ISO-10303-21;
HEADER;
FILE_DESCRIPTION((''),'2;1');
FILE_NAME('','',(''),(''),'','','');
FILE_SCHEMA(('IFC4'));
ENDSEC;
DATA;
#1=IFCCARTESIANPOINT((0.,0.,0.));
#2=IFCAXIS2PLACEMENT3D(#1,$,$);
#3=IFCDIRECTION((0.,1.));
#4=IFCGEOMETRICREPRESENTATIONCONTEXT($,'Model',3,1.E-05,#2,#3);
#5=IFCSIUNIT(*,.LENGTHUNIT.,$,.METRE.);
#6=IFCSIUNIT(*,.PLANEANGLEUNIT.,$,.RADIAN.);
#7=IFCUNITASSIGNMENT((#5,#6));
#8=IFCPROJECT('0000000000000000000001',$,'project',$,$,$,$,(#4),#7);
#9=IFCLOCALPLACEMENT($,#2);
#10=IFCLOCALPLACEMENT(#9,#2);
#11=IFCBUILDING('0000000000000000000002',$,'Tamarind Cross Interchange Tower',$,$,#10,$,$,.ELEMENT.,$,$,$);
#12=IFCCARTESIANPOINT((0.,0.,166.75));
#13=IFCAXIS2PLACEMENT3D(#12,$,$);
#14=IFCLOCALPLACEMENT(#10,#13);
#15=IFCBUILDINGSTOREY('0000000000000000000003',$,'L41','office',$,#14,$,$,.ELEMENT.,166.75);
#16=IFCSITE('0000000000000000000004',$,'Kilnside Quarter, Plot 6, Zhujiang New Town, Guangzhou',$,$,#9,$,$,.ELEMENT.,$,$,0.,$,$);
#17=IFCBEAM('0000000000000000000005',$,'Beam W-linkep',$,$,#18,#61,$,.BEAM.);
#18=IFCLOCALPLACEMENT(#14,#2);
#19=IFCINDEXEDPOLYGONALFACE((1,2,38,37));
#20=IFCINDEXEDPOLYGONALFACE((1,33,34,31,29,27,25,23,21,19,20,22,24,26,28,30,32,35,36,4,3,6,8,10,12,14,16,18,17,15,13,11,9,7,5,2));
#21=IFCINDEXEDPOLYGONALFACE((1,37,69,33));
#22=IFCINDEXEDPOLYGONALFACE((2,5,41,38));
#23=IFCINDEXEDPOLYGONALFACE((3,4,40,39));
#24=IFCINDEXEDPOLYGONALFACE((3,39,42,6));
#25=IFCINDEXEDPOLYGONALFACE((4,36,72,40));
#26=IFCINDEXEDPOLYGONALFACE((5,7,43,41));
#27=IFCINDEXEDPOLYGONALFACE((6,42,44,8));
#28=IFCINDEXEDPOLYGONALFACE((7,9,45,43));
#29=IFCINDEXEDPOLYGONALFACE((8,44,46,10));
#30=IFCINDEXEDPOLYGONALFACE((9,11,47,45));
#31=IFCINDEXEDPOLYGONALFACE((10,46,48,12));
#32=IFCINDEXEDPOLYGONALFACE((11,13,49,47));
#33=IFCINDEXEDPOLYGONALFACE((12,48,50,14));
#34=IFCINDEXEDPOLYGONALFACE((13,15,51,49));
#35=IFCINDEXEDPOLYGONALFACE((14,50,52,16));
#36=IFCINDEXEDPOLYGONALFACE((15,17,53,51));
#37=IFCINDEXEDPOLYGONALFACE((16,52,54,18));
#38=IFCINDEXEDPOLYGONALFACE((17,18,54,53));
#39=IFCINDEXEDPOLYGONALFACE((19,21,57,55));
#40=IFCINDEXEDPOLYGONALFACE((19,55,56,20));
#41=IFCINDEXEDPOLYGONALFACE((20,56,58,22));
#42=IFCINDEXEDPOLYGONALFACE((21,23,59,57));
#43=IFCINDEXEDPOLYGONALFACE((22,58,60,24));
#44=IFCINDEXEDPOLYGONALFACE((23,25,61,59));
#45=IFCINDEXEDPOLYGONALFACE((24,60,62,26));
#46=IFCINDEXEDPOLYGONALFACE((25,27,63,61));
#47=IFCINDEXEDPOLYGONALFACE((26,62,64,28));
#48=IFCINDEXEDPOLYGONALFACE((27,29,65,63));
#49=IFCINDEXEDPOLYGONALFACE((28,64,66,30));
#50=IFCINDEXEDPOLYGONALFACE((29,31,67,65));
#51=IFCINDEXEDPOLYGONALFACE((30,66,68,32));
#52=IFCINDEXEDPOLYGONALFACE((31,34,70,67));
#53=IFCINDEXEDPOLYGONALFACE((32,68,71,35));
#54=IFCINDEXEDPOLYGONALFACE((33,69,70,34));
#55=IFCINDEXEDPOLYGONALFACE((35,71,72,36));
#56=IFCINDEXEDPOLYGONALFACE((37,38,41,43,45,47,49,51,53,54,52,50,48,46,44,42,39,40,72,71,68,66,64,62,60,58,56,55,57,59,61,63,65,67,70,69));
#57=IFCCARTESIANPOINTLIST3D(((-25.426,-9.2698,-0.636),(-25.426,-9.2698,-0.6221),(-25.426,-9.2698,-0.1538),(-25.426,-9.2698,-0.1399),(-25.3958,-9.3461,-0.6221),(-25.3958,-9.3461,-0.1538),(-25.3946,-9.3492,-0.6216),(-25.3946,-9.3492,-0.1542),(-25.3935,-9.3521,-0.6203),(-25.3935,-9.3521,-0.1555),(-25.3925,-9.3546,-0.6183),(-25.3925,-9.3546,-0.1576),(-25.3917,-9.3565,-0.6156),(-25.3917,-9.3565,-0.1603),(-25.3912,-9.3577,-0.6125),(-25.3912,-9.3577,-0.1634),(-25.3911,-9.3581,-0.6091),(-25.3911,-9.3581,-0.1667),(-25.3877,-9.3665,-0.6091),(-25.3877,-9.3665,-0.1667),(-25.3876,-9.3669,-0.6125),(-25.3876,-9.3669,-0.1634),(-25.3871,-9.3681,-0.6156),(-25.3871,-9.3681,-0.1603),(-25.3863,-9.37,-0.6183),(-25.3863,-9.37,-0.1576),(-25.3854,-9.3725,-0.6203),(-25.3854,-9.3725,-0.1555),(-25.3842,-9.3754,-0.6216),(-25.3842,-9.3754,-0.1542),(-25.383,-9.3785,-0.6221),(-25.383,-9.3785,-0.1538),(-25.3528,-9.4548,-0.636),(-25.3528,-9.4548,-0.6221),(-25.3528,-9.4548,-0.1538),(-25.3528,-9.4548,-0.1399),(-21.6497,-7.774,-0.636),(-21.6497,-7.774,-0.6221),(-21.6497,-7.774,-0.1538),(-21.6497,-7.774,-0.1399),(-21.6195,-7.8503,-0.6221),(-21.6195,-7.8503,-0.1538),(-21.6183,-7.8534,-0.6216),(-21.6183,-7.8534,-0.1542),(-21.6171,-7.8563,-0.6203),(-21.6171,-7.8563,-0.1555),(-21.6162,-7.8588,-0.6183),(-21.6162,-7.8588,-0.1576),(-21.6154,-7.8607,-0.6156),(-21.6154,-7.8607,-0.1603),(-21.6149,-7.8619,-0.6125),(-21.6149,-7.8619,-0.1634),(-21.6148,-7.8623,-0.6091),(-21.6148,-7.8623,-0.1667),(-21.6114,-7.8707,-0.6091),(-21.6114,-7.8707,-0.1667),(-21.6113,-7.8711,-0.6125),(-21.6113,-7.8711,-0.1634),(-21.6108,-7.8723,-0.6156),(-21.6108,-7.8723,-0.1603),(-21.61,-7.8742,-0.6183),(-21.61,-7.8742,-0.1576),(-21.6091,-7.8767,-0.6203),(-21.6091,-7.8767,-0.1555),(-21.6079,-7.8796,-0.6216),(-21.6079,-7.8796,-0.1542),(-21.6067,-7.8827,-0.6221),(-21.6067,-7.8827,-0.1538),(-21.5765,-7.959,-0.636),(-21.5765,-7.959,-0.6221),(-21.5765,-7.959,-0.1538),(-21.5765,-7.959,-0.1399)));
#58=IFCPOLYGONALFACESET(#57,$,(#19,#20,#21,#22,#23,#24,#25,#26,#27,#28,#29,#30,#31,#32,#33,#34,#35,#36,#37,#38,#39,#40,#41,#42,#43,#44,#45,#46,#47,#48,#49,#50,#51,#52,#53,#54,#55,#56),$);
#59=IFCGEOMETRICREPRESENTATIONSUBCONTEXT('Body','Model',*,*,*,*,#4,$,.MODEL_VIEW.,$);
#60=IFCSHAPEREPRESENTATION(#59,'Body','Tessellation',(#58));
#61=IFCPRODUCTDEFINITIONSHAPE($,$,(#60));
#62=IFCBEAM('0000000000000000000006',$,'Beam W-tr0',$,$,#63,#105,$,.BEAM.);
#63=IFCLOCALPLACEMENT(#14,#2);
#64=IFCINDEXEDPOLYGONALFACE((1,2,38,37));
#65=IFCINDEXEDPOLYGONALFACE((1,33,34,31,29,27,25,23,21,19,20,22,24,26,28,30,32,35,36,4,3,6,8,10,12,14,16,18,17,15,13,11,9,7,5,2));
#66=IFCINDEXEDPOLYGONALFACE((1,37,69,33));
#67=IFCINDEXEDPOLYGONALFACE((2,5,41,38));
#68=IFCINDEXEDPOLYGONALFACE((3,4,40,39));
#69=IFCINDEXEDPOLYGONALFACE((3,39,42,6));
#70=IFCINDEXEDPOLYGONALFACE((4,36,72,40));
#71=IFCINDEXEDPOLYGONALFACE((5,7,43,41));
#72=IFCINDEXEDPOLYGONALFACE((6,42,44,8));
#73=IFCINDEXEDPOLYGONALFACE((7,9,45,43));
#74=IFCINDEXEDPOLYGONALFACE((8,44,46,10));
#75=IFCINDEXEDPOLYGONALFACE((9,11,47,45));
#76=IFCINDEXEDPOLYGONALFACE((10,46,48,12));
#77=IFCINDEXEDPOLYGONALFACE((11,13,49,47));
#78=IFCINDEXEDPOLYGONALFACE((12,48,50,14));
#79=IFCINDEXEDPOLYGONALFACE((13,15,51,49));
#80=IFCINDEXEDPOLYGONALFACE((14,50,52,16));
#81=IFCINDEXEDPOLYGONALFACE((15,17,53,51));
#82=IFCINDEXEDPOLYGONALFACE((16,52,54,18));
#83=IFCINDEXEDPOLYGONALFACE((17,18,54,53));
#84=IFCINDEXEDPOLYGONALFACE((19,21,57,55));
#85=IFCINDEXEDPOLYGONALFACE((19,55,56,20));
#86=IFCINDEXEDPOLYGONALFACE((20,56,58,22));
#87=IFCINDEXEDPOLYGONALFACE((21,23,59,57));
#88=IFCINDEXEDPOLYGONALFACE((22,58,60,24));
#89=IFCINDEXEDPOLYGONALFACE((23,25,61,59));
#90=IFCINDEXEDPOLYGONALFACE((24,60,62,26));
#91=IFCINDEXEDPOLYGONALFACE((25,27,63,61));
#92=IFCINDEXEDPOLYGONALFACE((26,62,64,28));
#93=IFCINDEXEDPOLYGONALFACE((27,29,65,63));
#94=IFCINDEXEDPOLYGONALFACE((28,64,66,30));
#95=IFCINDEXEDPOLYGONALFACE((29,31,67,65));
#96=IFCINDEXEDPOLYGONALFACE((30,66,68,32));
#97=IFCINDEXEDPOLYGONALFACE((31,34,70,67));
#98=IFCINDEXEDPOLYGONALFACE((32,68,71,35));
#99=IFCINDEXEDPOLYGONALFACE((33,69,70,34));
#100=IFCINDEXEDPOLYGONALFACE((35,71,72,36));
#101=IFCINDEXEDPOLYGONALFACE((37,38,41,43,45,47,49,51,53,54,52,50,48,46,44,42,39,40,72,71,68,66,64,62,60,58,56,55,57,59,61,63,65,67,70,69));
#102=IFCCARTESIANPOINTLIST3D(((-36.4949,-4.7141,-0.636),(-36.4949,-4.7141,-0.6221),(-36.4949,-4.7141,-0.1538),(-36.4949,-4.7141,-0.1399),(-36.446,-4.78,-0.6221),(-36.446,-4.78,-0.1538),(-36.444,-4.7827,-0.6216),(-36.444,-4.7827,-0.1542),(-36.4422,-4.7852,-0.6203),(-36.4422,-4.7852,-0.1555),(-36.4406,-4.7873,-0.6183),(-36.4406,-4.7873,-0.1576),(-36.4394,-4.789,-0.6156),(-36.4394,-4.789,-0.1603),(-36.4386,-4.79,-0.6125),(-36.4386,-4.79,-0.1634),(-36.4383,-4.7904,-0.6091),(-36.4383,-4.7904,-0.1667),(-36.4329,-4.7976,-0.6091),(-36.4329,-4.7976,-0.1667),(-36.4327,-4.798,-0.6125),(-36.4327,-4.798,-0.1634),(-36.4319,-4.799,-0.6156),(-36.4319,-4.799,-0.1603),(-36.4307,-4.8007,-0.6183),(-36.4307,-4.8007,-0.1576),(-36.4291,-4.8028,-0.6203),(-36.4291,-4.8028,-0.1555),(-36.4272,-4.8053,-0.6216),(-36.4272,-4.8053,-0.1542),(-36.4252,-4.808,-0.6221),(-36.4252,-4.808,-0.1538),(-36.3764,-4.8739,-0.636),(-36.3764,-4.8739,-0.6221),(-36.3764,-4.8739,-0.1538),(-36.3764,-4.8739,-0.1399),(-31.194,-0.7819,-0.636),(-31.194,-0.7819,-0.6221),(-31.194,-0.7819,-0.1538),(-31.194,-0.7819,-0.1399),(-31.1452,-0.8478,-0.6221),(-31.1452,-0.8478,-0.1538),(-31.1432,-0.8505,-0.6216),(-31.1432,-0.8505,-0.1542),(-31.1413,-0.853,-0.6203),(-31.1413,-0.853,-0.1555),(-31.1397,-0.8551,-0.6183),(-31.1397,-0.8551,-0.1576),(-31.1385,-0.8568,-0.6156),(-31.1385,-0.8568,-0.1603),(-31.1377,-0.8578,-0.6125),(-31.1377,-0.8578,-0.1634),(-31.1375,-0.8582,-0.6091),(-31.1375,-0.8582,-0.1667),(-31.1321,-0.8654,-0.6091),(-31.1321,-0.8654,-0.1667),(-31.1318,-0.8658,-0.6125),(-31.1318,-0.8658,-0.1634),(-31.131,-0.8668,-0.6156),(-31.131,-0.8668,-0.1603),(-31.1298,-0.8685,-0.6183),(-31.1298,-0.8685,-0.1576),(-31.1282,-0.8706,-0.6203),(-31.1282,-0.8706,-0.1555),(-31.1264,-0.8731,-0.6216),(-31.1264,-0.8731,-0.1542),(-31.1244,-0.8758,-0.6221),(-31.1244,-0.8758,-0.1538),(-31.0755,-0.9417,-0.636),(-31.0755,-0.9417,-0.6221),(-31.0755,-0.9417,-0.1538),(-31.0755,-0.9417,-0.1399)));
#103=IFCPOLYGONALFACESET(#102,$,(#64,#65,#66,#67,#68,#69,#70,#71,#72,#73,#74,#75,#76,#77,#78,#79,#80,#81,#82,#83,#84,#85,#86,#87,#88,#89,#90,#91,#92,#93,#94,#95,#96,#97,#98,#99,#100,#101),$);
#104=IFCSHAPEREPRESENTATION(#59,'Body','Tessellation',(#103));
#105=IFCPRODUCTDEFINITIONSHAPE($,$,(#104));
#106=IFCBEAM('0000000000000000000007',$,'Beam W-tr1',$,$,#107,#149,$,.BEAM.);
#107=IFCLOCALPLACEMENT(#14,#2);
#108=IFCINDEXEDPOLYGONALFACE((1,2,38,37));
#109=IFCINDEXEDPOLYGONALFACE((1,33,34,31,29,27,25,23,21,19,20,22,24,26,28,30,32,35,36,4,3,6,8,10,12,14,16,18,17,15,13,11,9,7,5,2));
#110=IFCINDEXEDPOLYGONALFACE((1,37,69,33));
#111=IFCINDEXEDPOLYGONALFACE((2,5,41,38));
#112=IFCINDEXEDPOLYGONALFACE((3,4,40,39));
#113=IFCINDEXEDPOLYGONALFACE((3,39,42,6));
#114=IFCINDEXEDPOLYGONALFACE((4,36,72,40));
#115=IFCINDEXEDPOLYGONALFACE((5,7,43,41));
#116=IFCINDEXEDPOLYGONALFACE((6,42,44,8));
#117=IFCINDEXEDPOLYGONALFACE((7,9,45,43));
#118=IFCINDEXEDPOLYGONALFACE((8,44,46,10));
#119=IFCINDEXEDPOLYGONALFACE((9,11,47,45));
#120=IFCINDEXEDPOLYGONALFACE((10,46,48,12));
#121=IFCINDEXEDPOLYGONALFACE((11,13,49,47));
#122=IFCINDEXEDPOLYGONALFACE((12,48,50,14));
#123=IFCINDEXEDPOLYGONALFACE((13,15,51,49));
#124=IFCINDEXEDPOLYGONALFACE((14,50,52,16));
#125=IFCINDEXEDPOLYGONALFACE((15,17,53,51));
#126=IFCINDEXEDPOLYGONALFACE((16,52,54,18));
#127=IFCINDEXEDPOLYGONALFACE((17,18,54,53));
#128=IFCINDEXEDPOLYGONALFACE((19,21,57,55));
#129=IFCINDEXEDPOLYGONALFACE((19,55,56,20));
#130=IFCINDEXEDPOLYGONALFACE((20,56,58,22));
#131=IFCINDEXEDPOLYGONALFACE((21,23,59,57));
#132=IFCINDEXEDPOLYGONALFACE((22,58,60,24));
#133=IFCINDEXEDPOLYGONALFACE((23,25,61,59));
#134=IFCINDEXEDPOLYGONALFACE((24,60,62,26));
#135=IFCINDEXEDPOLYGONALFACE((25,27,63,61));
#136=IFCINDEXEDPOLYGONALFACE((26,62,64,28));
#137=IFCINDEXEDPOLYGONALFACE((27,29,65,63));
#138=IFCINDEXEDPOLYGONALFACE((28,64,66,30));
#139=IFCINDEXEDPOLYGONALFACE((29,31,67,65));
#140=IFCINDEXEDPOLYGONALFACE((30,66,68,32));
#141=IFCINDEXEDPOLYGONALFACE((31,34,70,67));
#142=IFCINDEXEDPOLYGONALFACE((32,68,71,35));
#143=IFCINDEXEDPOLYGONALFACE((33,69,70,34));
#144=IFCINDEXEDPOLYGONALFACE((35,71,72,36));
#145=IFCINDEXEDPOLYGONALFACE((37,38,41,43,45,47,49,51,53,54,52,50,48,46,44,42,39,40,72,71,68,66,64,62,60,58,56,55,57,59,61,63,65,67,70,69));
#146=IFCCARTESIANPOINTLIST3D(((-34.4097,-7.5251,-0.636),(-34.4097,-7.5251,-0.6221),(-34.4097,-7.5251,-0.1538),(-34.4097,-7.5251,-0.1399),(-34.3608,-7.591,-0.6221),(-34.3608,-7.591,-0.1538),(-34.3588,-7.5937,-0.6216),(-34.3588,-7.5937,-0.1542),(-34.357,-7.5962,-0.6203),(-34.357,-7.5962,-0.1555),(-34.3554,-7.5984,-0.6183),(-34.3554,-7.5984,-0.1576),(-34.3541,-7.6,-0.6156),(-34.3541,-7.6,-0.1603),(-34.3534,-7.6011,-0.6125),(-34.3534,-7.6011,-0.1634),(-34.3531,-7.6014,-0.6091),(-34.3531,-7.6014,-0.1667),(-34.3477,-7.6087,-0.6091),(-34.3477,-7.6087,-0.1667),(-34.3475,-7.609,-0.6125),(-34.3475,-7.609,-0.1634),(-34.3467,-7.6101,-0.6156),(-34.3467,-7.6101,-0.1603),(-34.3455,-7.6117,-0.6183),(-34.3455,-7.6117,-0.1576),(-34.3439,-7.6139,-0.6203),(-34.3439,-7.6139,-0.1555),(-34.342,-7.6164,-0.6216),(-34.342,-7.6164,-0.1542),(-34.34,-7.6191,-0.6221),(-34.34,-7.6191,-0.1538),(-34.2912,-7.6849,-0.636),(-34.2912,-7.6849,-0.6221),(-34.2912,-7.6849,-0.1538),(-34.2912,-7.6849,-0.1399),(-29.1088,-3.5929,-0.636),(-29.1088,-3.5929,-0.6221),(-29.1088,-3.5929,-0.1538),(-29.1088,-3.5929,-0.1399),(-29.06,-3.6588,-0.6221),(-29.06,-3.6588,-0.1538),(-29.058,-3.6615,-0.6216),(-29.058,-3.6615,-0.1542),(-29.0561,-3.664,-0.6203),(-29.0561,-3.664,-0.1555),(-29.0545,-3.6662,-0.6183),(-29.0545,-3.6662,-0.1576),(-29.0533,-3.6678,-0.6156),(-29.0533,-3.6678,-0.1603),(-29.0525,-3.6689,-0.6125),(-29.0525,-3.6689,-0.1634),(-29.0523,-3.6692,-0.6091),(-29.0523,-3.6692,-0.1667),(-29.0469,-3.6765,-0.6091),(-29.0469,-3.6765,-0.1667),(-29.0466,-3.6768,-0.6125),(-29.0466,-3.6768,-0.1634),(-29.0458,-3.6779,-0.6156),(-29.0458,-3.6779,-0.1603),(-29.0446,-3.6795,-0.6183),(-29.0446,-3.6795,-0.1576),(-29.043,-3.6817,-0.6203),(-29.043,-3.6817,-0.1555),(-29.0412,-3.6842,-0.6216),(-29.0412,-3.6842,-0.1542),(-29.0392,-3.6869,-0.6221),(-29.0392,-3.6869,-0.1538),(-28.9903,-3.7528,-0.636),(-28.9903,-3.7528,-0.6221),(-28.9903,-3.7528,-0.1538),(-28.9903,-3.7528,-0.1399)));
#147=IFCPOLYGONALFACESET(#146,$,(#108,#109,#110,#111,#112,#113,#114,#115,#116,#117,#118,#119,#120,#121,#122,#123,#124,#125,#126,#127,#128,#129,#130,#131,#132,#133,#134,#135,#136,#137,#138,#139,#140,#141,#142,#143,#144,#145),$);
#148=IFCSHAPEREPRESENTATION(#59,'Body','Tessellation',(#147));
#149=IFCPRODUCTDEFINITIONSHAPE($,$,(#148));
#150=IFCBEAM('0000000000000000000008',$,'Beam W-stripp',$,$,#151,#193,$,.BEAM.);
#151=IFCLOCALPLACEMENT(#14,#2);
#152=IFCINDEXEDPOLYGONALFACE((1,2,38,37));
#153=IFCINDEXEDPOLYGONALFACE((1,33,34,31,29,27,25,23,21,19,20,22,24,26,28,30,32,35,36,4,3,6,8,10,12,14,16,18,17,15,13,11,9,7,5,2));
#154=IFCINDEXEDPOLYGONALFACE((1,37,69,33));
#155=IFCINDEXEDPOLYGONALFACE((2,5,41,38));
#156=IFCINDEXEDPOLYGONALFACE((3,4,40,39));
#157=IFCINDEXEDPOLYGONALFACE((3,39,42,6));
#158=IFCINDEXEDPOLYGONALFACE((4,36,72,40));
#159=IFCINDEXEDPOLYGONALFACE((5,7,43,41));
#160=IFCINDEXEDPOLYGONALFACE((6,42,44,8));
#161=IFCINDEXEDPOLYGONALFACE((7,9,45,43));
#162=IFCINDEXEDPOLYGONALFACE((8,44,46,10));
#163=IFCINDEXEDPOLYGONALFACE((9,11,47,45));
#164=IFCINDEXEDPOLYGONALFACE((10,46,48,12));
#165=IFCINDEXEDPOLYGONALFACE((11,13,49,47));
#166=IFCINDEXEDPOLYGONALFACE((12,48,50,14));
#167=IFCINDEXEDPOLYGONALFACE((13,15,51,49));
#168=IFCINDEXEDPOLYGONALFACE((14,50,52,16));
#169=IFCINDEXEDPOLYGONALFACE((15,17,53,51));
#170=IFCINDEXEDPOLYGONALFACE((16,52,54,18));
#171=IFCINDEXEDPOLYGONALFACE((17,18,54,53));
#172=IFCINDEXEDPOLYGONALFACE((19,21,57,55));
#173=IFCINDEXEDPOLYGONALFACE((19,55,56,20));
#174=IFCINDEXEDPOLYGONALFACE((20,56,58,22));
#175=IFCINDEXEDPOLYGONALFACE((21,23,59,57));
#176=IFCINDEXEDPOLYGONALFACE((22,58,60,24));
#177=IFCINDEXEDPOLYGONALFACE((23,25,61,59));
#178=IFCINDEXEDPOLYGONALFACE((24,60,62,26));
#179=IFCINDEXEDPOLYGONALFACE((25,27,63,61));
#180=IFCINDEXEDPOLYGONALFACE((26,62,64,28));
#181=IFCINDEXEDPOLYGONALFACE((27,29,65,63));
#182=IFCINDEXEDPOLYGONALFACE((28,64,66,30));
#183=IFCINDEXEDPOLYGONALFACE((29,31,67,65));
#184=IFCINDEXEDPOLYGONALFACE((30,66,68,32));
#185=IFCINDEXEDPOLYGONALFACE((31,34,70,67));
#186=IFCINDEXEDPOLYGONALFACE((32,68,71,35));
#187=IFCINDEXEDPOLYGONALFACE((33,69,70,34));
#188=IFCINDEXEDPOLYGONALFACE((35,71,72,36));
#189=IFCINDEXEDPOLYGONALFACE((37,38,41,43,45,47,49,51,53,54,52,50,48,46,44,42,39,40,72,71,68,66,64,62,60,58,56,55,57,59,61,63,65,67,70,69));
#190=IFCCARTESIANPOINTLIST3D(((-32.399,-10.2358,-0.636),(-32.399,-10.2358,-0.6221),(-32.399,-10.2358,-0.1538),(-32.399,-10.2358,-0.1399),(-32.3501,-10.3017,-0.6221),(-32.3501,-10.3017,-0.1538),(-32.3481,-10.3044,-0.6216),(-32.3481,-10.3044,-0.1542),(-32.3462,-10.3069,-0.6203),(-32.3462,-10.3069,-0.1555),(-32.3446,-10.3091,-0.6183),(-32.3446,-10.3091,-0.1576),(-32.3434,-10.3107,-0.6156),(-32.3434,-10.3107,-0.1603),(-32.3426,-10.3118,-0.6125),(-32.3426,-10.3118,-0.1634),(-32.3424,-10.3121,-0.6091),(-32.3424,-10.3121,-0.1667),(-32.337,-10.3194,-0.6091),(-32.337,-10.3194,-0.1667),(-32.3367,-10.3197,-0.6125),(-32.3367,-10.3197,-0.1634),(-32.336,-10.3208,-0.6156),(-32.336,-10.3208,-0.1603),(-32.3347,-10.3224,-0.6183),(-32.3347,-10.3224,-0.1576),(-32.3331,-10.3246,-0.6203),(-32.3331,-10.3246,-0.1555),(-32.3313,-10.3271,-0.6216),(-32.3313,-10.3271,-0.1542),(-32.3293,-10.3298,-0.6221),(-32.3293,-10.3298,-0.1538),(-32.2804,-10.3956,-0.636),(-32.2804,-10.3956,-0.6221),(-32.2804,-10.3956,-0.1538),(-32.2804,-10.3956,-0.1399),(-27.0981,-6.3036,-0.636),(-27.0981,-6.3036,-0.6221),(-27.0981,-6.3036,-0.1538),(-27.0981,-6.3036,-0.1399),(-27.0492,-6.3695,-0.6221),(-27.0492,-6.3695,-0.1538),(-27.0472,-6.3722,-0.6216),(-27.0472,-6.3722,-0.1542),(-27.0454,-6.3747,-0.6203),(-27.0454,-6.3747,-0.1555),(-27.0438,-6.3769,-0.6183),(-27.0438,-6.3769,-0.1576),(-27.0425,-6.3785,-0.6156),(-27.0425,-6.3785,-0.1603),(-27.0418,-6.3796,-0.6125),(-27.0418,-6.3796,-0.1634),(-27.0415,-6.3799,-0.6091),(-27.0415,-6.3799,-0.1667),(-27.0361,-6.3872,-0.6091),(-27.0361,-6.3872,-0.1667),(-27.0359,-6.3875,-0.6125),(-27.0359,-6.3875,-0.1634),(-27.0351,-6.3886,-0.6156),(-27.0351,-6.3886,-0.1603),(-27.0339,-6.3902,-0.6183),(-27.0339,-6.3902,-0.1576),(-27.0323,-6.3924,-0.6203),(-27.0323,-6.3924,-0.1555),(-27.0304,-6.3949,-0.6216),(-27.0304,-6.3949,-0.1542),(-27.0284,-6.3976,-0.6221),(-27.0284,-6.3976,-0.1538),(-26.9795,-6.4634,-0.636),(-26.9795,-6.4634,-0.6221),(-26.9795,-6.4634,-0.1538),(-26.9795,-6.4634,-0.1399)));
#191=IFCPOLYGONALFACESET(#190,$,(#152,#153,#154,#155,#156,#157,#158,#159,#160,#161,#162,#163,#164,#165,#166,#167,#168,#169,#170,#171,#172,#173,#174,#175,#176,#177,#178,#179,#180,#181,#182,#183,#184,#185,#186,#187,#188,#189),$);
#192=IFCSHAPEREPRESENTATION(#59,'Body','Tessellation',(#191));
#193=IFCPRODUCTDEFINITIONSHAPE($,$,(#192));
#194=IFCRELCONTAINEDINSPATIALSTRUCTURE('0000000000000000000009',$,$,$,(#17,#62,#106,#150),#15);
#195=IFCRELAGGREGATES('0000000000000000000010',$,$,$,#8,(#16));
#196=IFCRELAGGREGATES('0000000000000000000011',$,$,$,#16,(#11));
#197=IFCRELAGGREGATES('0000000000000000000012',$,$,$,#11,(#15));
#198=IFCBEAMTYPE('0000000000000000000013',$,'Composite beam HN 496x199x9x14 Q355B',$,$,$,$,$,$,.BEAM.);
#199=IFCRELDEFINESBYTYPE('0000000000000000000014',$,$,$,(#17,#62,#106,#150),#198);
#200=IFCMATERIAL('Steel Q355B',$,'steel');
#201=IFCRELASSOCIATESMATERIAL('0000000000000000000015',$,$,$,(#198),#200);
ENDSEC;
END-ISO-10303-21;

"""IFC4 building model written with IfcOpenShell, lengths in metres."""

from ifc_helpers import new_model, si_unit, direction, frame, origin, origin_2d, place, context, subcontext, project, spatial, i_section, extrude, material, material_profile, profile_set, type_object, element, save


model = new_model("IFC4")

# Units and contexts
model_context = context("Model", 3, precision=1e-05, world=origin(), true_north=direction((0.0, 1.0)))
body_context = subcontext(model_context, "Body", "Model", "MODEL_VIEW")
ifc_project = project(units=[si_unit("LENGTHUNIT", "METRE"), si_unit("PLANEANGLEUNIT", "RADIAN")], contexts=[model_context])

# Site, building, storey
site_placement = place(None, origin())
site = spatial("IfcSite", under=ifc_project, at=site_placement, Name="Kilnside Quarter, Plot 6, Zhujiang New Town, Guangzhou", CompositionType="ELEMENT", RefElevation=0.0)
building_placement = place(site_placement, origin())
building = spatial("IfcBuilding", under=site, at=building_placement, Name="Tamarind Cross Interchange Tower", CompositionType="ELEMENT")
storey_placement = place(building_placement, frame((0.0, 0.0, 166.75)))
storey = spatial("IfcBuildingStorey", under=building, at=storey_placement, Name="L41", Description="office", CompositionType="ELEMENT", Elevation=166.75)

# Beams
ifc_material_1 = material(Name="Steel Q355B", Category="steel")
ifc_material_profile_1 = material_profile(ifc_material_1, i_section(OverallWidth=0.199, OverallDepth=0.4961, WebThickness=0.009, FlangeThickness=0.0139, FilletRadius=0.0129, at=origin_2d()), Name="HN 496x199x9x14")
ifc_profile_set_1 = profile_set([ifc_material_profile_1], Name="Steel Q355B")
beam_type_1 = type_object("IfcBeamType", Name="Composite beam HN 496x199x9x14 Q355B", PredefinedType="BEAM", material=ifc_profile_set_1)
beam_1_placement = place(storey_placement, frame((-25.3894, -9.3623, -0.3879), z_axis=(0.929719, 0.368269, 0.0), x_axis=(-0.368269, 0.929719, 0.0)))
element("IfcBeam", 1, at=beam_1_placement, inside=storey, type_object=beam_type_1, Name="Beam W-linkep", PredefinedType="BEAM", context=body_context, shape_type="SweptSolid", body=[
    extrude(i_section(OverallWidth=0.199, OverallDepth=0.4961, WebThickness=0.009, FlangeThickness=0.0139, FilletRadius=0.0129, at=origin_2d()), origin(), (0.0, 0.0, 1.0), 4.0618),
])
for number, where, z_axis, x_axis, name in (
    (2, (-31.1348, -0.8618, -0.3879), (-0.803149, -0.595778, 0.0), (0.595778, -0.803149, 0.0), "Beam W-tr0"),
    (3, (-29.0496, -3.6729, -0.3879), (-0.803149, -0.595778, 0.0), (0.595778, -0.803149, 0.0), "Beam W-tr1"),
    (4, (-27.0388, -6.3835, -0.3879), (-0.803149, -0.595778, 0.0), (0.595778, -0.803149, 0.0), "Beam W-stripp"),
):
    element("IfcBeam", number, at=place(storey_placement, frame(where, z_axis=z_axis, x_axis=x_axis)), inside=storey, type_object=beam_type_1, Name=name, PredefinedType="BEAM", context=body_context, shape_type="SweptSolid", body=[
        extrude(i_section(OverallWidth=0.199, OverallDepth=0.4961, WebThickness=0.009, FlangeThickness=0.0139, FilletRadius=0.0129, at=origin_2d()), origin(), (0.0, 0.0, 1.0), 6.6001),
    ])

save(model, "model.ifc")
